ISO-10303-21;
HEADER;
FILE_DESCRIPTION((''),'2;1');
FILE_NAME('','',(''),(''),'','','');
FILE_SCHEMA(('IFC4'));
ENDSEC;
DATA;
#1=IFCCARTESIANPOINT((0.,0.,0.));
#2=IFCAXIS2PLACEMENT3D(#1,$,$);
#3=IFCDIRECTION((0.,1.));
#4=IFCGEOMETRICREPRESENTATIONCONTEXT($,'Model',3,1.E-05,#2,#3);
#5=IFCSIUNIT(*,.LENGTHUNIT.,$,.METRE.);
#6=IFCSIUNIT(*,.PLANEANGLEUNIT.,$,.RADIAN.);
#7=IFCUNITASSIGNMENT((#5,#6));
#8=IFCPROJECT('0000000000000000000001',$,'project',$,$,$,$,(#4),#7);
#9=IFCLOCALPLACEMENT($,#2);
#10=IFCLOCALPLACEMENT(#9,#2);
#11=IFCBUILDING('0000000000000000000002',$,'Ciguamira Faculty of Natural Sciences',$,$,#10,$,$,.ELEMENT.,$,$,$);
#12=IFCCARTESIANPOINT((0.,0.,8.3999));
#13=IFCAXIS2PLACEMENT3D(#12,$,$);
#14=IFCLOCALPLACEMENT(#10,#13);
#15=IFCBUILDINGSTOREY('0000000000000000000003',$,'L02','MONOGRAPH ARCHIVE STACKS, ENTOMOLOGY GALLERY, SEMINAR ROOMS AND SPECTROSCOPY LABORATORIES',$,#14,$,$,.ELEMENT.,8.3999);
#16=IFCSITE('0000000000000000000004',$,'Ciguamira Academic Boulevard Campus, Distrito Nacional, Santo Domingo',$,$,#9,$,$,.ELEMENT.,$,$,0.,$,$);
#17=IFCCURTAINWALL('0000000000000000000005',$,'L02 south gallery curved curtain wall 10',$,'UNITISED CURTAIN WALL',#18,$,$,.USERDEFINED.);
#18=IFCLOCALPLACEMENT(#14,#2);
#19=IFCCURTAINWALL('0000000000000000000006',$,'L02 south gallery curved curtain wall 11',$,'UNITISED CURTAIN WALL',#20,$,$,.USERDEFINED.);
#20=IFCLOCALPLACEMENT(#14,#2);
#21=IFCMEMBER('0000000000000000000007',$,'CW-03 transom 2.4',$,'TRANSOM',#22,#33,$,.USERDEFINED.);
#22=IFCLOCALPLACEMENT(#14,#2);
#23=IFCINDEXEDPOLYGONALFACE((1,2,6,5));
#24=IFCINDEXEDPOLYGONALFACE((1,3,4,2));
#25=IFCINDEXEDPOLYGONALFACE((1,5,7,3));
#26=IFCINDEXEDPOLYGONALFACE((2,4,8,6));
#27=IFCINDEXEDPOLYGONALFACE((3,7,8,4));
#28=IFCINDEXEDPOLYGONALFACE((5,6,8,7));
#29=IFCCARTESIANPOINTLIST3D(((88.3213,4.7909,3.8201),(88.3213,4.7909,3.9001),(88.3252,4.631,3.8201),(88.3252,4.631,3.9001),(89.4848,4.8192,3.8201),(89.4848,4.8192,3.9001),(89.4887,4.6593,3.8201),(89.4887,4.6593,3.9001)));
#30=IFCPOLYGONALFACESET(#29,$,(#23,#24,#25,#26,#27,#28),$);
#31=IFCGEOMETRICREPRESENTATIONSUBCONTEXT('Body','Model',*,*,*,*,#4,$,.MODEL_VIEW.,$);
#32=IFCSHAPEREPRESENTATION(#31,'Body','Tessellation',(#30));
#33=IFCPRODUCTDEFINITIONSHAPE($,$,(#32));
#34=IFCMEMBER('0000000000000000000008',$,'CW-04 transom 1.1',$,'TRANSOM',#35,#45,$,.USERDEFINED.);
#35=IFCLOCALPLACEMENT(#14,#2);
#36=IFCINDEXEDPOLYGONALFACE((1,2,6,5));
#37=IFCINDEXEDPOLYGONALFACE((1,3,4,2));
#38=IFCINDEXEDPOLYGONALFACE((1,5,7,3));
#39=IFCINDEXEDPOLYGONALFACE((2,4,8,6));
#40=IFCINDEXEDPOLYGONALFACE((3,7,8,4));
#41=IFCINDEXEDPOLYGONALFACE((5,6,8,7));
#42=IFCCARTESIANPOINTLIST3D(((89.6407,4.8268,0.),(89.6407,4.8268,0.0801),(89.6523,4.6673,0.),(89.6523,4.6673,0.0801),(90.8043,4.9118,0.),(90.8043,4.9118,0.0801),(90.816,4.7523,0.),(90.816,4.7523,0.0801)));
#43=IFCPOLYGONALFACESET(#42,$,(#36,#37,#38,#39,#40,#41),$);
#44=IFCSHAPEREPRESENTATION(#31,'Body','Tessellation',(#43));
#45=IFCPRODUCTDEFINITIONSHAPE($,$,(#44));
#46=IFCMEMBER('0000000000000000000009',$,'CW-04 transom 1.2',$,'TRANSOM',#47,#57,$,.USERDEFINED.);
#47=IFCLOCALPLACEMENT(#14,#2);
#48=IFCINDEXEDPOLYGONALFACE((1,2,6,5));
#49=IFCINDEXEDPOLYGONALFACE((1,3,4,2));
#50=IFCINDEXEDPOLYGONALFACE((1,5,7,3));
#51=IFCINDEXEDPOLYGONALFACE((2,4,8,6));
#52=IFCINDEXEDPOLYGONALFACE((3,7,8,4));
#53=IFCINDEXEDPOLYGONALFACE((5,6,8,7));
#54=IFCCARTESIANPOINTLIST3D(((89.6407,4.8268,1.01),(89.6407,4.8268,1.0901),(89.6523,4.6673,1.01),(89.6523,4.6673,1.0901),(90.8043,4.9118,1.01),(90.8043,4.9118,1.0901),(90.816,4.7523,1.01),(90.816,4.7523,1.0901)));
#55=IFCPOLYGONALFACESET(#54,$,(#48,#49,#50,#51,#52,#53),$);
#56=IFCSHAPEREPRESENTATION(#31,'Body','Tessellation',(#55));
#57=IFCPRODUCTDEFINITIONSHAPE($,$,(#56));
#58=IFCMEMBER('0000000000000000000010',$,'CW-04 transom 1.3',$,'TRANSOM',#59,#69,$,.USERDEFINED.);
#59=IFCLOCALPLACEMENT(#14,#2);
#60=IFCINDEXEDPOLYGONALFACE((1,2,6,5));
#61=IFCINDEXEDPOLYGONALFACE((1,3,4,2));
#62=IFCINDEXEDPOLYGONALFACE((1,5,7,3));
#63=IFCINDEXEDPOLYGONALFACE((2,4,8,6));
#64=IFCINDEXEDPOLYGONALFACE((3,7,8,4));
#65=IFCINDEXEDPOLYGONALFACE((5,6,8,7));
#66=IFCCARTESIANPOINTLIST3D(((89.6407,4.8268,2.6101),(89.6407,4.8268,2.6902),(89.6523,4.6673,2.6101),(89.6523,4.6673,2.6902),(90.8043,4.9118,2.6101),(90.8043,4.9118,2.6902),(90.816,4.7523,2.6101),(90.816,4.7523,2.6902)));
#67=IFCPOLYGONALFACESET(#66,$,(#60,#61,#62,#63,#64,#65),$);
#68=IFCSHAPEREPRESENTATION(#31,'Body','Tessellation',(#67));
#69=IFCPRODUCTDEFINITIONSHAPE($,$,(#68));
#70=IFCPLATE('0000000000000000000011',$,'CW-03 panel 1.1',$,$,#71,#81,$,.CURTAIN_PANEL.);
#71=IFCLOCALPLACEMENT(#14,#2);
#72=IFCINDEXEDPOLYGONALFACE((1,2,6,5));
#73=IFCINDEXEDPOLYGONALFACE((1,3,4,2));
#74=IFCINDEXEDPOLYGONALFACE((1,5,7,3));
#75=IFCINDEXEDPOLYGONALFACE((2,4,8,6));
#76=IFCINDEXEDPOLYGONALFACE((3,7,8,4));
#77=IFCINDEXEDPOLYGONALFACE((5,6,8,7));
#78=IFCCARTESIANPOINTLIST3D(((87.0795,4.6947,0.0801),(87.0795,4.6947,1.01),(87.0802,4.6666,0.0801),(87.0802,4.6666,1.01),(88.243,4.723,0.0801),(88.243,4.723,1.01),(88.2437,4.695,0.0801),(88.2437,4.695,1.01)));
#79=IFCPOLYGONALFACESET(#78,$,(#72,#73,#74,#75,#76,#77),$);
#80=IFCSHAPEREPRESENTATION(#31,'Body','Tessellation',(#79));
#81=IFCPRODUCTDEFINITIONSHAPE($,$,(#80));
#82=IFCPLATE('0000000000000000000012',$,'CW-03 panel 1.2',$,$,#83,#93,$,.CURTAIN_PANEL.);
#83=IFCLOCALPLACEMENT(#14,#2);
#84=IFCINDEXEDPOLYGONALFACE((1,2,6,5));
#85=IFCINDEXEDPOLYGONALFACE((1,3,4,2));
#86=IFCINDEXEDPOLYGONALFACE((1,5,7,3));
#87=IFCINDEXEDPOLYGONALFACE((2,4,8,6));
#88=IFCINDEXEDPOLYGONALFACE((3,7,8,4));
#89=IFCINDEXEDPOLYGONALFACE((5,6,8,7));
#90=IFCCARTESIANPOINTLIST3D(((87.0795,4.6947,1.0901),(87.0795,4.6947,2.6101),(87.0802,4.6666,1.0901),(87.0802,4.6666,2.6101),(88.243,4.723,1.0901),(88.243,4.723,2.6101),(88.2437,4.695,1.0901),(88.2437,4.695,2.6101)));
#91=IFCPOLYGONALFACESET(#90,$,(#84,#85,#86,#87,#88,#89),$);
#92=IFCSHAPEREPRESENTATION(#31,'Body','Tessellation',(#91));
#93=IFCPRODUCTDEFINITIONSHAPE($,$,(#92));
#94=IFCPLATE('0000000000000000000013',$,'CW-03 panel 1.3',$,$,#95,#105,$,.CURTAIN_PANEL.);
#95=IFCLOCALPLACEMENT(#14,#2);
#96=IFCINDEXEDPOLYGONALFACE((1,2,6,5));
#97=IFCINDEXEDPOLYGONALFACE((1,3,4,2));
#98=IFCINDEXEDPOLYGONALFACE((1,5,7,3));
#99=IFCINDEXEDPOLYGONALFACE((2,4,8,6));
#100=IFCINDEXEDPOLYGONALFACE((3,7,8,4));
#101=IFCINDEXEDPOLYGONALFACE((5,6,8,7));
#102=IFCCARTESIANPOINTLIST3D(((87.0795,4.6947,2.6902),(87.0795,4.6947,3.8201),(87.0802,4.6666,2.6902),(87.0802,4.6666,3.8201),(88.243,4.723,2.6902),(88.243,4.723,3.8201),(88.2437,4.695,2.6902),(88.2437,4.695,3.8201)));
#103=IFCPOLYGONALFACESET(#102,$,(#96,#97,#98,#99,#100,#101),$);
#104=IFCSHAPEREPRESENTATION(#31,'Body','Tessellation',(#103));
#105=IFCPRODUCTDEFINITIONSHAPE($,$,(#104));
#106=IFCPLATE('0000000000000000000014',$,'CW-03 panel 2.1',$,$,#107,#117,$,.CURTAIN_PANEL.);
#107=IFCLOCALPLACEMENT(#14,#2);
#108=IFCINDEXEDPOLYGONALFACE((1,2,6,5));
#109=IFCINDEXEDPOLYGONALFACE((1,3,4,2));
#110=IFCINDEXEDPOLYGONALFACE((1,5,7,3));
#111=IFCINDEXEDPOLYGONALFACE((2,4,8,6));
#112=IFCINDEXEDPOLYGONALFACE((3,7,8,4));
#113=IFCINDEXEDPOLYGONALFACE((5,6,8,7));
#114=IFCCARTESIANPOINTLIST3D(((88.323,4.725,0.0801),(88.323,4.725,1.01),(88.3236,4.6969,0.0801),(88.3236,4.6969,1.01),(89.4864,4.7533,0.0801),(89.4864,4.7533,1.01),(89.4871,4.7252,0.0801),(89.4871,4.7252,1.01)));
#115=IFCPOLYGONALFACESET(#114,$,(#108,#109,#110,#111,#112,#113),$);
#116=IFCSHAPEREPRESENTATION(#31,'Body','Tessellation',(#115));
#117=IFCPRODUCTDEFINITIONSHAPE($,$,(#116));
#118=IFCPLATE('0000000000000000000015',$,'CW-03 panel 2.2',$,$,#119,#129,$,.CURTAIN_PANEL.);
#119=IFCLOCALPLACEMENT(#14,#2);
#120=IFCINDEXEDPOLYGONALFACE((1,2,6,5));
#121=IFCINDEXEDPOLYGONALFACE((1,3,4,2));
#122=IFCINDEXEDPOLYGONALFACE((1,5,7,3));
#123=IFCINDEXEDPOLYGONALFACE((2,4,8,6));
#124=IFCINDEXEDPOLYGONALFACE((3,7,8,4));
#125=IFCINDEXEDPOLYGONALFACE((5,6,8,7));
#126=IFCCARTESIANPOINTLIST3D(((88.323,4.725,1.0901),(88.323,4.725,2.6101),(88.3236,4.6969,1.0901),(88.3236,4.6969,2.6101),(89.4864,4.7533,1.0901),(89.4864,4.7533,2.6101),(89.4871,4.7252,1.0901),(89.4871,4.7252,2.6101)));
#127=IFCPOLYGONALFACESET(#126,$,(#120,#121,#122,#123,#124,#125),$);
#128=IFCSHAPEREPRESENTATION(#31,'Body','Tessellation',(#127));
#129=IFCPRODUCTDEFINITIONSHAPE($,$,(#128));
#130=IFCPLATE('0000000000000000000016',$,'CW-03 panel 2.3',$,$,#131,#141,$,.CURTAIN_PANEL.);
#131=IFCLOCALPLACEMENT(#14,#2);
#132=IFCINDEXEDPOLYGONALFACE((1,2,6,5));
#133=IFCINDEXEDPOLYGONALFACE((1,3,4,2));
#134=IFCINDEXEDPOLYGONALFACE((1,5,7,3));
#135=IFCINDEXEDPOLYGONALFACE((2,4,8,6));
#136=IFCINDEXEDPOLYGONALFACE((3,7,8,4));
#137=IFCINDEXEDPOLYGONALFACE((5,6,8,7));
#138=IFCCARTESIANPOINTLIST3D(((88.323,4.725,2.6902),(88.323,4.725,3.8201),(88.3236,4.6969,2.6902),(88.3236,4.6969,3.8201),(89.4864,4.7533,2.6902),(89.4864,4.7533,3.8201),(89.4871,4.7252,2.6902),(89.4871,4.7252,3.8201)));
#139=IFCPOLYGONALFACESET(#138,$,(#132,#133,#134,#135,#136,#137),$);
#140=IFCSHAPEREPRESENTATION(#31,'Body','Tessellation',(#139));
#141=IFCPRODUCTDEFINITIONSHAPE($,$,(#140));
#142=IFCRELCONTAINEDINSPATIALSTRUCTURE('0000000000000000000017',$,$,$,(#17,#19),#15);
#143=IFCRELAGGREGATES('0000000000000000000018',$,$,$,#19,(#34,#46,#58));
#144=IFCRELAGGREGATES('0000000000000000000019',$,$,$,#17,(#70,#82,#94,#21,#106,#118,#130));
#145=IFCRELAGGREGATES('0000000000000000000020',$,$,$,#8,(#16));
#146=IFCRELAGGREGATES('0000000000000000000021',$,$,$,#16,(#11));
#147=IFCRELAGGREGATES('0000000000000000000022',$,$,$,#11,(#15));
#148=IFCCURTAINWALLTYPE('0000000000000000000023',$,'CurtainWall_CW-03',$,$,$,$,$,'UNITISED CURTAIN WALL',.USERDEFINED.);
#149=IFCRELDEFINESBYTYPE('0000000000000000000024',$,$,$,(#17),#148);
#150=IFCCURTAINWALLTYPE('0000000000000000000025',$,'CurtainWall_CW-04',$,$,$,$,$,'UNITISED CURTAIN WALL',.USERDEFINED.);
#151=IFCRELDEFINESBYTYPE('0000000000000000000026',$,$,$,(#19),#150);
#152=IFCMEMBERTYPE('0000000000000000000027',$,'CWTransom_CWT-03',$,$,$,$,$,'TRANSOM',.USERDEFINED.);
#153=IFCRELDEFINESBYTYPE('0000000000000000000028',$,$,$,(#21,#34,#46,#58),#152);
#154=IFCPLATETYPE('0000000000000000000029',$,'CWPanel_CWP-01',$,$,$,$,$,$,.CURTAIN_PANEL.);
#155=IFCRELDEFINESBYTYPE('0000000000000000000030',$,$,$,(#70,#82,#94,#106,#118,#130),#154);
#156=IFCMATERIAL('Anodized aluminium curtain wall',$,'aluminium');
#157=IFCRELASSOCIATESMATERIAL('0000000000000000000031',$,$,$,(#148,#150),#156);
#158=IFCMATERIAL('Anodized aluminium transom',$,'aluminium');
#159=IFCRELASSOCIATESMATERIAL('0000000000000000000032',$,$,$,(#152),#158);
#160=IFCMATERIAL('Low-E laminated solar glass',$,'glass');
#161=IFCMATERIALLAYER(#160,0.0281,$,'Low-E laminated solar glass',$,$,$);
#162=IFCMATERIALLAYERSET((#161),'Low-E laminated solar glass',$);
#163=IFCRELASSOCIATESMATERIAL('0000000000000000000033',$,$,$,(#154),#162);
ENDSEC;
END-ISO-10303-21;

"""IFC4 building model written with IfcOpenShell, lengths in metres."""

from ifc_helpers import new_model, si_unit, direction, frame, origin, origin_2d, place, context, subcontext, project, spatial, rectangle, extrude, material, layer, layer_set, material_profile, profile_set, type_object, element, aggregate, save


model = new_model("IFC4")

# Units and contexts
model_context = context("Model", 3, precision=1e-05, world=origin(), true_north=direction((0.0, 1.0)))
body_context = subcontext(model_context, "Body", "Model", "MODEL_VIEW")
ifc_project = project(units=[si_unit("LENGTHUNIT", "METRE"), si_unit("PLANEANGLEUNIT", "RADIAN")], contexts=[model_context])

# Site, building, storey
site_placement = place(None, origin())
site = spatial("IfcSite", under=ifc_project, at=site_placement, Name="Ciguamira Academic Boulevard Campus, Distrito Nacional, Santo Domingo", CompositionType="ELEMENT", RefElevation=0.0)
building_placement = place(site_placement, origin())
building = spatial("IfcBuilding", under=site, at=building_placement, Name="Ciguamira Faculty of Natural Sciences", CompositionType="ELEMENT")
storey_placement = place(building_placement, frame((0.0, 0.0, 8.3999)))
storey = spatial("IfcBuildingStorey", under=building, at=storey_placement, Name="L02", Description="MONOGRAPH ARCHIVE STACKS, ENTOMOLOGY GALLERY, SEMINAR ROOMS AND SPECTROSCOPY LABORATORIES", CompositionType="ELEMENT", Elevation=8.3999)

# Curtain wall
ifc_material_1 = material(Name="Anodized aluminium curtain wall", Category="aluminium")
curtain_wall_type_1 = type_object("IfcCurtainWallType", Name="CurtainWall_CW-03", ElementType="UNITISED CURTAIN WALL", PredefinedType="USERDEFINED", material=ifc_material_1)
curtain_wall_1_placement = place(storey_placement, origin())
curtain_wall_1 = element("IfcCurtainWall", 1, at=curtain_wall_1_placement, inside=storey, type_object=curtain_wall_type_1, Name="L02 south gallery curved curtain wall 10", ObjectType="UNITISED CURTAIN WALL", PredefinedType="USERDEFINED")

# Curtain wall
curtain_wall_type_2 = type_object("IfcCurtainWallType", Name="CurtainWall_CW-04", ElementType="UNITISED CURTAIN WALL", PredefinedType="USERDEFINED", material=ifc_material_1)
curtain_wall_2_placement = place(storey_placement, origin())
curtain_wall_2 = element("IfcCurtainWall", 2, at=curtain_wall_2_placement, inside=storey, type_object=curtain_wall_type_2, Name="L02 south gallery curved curtain wall 11", ObjectType="UNITISED CURTAIN WALL", PredefinedType="USERDEFINED")

# Members
ifc_material_2 = material(Name="Anodized aluminium transom", Category="aluminium")
ifc_material_profile_1 = material_profile(ifc_material_2, rectangle(XDim=0.0801, YDim=0.1599, at=origin_2d()), Name="ALU-TRN-80X160")
ifc_profile_set_1 = profile_set([ifc_material_profile_1], Name="Anodized aluminium transom")
member_type_1 = type_object("IfcMemberType", Name="CWTransom_CWT-03", ElementType="TRANSOM", PredefinedType="USERDEFINED", material=ifc_profile_set_1)
member_1_placement = place(storey_placement, frame((88.3232, 4.7109, 3.8601), z_axis=(0.999704, 0.024332, 0.0), x_axis=(0.0, 0.0, 1.0)))
member_1 = element("IfcMember", 3, at=member_1_placement, type_object=member_type_1, Name="CW-03 transom 2.4", ObjectType="TRANSOM", PredefinedType="USERDEFINED", context=body_context, shape_type="SweptSolid", body=[
    extrude(rectangle(XDim=0.0801, YDim=0.1599, at=origin_2d()), origin(), (0.0, 0.0, 1.0), 1.1638),
])
member_2_placement = place(storey_placement, frame((89.6465, 4.7471, 0.04), z_axis=(0.997345, 0.072823, 0.0), x_axis=(0.0, 0.0, 1.0)))
member_2 = element("IfcMember", 4, at=member_2_placement, type_object=member_type_1, Name="CW-04 transom 1.1", ObjectType="TRANSOM", PredefinedType="USERDEFINED", context=body_context, shape_type="SweptSolid", body=[
    extrude(rectangle(XDim=0.0801, YDim=0.1599, at=origin_2d()), origin(), (0.0, 0.0, 1.0), 1.1667),
])
member_3_placement = place(storey_placement, frame((89.6465, 4.7471, 1.05), z_axis=(0.997345, 0.072823, 0.0), x_axis=(0.0, 0.0, 1.0)))
member_3 = element("IfcMember", 5, at=member_3_placement, type_object=member_type_1, Name="CW-04 transom 1.2", ObjectType="TRANSOM", PredefinedType="USERDEFINED", context=body_context, shape_type="SweptSolid", body=[
    extrude(rectangle(XDim=0.0801, YDim=0.1599, at=origin_2d()), origin(), (0.0, 0.0, 1.0), 1.1667),
])
member_4_placement = place(storey_placement, frame((89.6465, 4.7471, 2.6501), z_axis=(0.997345, 0.072823, 0.0), x_axis=(0.0, 0.0, 1.0)))
member_4 = element("IfcMember", 6, at=member_4_placement, type_object=member_type_1, Name="CW-04 transom 1.3", ObjectType="TRANSOM", PredefinedType="USERDEFINED", context=body_context, shape_type="SweptSolid", body=[
    extrude(rectangle(XDim=0.0801, YDim=0.1599, at=origin_2d()), origin(), (0.0, 0.0, 1.0), 1.1667),
])
aggregate(curtain_wall_2, [member_2, member_3, member_4])

# Plates
ifc_material_3 = material(Name="Low-E laminated solar glass", Category="glass")
ifc_layer = layer(ifc_material_3, 0.0281, Name="Low-E laminated solar glass")
ifc_layer_set = layer_set([ifc_layer], Name="Low-E laminated solar glass")
plate_type = type_object("IfcPlateType", Name="CWPanel_CWP-01", PredefinedType="CURTAIN_PANEL", material=ifc_layer_set)
plate_1_placement = place(storey_placement, frame((87.6616, 4.6948, 0.0801), z_axis=(0.0, 0.0, 1.0), x_axis=(0.999704, 0.024343, 0.0)))
plate_1 = element("IfcPlate", 7, at=plate_1_placement, type_object=plate_type, Name="CW-03 panel 1.1", PredefinedType="CURTAIN_PANEL", context=body_context, shape_type="SweptSolid", body=[
    extrude(rectangle(XDim=1.1638, YDim=0.0281, at=origin_2d()), origin(), (0.0, 0.0, 1.0), 0.9299),
])
plate_2_placement = place(storey_placement, frame((87.6616, 4.6948, 1.0901), z_axis=(0.0, 0.0, 1.0), x_axis=(0.999704, 0.024343, 0.0)))
plate_2 = element("IfcPlate", 8, at=plate_2_placement, type_object=plate_type, Name="CW-03 panel 1.2", PredefinedType="CURTAIN_PANEL", context=body_context, shape_type="SweptSolid", body=[
    extrude(rectangle(XDim=1.1638, YDim=0.0281, at=origin_2d()), origin(), (0.0, 0.0, 1.0), 1.52),
])
plate_3_placement = place(storey_placement, frame((87.6616, 4.6948, 2.6902), z_axis=(0.0, 0.0, 1.0), x_axis=(0.999704, 0.024343, 0.0)))
plate_3 = element("IfcPlate", 9, at=plate_3_placement, type_object=plate_type, Name="CW-03 panel 1.3", PredefinedType="CURTAIN_PANEL", context=body_context, shape_type="SweptSolid", body=[
    extrude(rectangle(XDim=1.1638, YDim=0.0281, at=origin_2d()), origin(), (0.0, 0.0, 1.0), 1.1299),
])
plate_4_placement = place(storey_placement, frame((88.905, 4.7251, 0.0801), z_axis=(0.0, 0.0, 1.0), x_axis=(0.999704, 0.024343, 0.0)))
plate_4 = element("IfcPlate", 10, at=plate_4_placement, type_object=plate_type, Name="CW-03 panel 2.1", PredefinedType="CURTAIN_PANEL", context=body_context, shape_type="SweptSolid", body=[
    extrude(rectangle(XDim=1.1638, YDim=0.0281, at=origin_2d()), origin(), (0.0, 0.0, 1.0), 0.9299),
])
plate_5_placement = place(storey_placement, frame((88.905, 4.7251, 1.0901), z_axis=(0.0, 0.0, 1.0), x_axis=(0.999704, 0.024343, 0.0)))
plate_5 = element("IfcPlate", 11, at=plate_5_placement, type_object=plate_type, Name="CW-03 panel 2.2", PredefinedType="CURTAIN_PANEL", context=body_context, shape_type="SweptSolid", body=[
    extrude(rectangle(XDim=1.1638, YDim=0.0281, at=origin_2d()), origin(), (0.0, 0.0, 1.0), 1.52),
])
plate_6_placement = place(storey_placement, frame((88.905, 4.7251, 2.6902), z_axis=(0.0, 0.0, 1.0), x_axis=(0.999704, 0.024343, 0.0)))
plate_6 = element("IfcPlate", 12, at=plate_6_placement, type_object=plate_type, Name="CW-03 panel 2.3", PredefinedType="CURTAIN_PANEL", context=body_context, shape_type="SweptSolid", body=[
    extrude(rectangle(XDim=1.1638, YDim=0.0281, at=origin_2d()), origin(), (0.0, 0.0, 1.0), 1.1299),
])
aggregate(curtain_wall_1, [plate_1, plate_2, plate_3, member_1, plate_4, plate_5, plate_6])

save(model, "model.ifc")
